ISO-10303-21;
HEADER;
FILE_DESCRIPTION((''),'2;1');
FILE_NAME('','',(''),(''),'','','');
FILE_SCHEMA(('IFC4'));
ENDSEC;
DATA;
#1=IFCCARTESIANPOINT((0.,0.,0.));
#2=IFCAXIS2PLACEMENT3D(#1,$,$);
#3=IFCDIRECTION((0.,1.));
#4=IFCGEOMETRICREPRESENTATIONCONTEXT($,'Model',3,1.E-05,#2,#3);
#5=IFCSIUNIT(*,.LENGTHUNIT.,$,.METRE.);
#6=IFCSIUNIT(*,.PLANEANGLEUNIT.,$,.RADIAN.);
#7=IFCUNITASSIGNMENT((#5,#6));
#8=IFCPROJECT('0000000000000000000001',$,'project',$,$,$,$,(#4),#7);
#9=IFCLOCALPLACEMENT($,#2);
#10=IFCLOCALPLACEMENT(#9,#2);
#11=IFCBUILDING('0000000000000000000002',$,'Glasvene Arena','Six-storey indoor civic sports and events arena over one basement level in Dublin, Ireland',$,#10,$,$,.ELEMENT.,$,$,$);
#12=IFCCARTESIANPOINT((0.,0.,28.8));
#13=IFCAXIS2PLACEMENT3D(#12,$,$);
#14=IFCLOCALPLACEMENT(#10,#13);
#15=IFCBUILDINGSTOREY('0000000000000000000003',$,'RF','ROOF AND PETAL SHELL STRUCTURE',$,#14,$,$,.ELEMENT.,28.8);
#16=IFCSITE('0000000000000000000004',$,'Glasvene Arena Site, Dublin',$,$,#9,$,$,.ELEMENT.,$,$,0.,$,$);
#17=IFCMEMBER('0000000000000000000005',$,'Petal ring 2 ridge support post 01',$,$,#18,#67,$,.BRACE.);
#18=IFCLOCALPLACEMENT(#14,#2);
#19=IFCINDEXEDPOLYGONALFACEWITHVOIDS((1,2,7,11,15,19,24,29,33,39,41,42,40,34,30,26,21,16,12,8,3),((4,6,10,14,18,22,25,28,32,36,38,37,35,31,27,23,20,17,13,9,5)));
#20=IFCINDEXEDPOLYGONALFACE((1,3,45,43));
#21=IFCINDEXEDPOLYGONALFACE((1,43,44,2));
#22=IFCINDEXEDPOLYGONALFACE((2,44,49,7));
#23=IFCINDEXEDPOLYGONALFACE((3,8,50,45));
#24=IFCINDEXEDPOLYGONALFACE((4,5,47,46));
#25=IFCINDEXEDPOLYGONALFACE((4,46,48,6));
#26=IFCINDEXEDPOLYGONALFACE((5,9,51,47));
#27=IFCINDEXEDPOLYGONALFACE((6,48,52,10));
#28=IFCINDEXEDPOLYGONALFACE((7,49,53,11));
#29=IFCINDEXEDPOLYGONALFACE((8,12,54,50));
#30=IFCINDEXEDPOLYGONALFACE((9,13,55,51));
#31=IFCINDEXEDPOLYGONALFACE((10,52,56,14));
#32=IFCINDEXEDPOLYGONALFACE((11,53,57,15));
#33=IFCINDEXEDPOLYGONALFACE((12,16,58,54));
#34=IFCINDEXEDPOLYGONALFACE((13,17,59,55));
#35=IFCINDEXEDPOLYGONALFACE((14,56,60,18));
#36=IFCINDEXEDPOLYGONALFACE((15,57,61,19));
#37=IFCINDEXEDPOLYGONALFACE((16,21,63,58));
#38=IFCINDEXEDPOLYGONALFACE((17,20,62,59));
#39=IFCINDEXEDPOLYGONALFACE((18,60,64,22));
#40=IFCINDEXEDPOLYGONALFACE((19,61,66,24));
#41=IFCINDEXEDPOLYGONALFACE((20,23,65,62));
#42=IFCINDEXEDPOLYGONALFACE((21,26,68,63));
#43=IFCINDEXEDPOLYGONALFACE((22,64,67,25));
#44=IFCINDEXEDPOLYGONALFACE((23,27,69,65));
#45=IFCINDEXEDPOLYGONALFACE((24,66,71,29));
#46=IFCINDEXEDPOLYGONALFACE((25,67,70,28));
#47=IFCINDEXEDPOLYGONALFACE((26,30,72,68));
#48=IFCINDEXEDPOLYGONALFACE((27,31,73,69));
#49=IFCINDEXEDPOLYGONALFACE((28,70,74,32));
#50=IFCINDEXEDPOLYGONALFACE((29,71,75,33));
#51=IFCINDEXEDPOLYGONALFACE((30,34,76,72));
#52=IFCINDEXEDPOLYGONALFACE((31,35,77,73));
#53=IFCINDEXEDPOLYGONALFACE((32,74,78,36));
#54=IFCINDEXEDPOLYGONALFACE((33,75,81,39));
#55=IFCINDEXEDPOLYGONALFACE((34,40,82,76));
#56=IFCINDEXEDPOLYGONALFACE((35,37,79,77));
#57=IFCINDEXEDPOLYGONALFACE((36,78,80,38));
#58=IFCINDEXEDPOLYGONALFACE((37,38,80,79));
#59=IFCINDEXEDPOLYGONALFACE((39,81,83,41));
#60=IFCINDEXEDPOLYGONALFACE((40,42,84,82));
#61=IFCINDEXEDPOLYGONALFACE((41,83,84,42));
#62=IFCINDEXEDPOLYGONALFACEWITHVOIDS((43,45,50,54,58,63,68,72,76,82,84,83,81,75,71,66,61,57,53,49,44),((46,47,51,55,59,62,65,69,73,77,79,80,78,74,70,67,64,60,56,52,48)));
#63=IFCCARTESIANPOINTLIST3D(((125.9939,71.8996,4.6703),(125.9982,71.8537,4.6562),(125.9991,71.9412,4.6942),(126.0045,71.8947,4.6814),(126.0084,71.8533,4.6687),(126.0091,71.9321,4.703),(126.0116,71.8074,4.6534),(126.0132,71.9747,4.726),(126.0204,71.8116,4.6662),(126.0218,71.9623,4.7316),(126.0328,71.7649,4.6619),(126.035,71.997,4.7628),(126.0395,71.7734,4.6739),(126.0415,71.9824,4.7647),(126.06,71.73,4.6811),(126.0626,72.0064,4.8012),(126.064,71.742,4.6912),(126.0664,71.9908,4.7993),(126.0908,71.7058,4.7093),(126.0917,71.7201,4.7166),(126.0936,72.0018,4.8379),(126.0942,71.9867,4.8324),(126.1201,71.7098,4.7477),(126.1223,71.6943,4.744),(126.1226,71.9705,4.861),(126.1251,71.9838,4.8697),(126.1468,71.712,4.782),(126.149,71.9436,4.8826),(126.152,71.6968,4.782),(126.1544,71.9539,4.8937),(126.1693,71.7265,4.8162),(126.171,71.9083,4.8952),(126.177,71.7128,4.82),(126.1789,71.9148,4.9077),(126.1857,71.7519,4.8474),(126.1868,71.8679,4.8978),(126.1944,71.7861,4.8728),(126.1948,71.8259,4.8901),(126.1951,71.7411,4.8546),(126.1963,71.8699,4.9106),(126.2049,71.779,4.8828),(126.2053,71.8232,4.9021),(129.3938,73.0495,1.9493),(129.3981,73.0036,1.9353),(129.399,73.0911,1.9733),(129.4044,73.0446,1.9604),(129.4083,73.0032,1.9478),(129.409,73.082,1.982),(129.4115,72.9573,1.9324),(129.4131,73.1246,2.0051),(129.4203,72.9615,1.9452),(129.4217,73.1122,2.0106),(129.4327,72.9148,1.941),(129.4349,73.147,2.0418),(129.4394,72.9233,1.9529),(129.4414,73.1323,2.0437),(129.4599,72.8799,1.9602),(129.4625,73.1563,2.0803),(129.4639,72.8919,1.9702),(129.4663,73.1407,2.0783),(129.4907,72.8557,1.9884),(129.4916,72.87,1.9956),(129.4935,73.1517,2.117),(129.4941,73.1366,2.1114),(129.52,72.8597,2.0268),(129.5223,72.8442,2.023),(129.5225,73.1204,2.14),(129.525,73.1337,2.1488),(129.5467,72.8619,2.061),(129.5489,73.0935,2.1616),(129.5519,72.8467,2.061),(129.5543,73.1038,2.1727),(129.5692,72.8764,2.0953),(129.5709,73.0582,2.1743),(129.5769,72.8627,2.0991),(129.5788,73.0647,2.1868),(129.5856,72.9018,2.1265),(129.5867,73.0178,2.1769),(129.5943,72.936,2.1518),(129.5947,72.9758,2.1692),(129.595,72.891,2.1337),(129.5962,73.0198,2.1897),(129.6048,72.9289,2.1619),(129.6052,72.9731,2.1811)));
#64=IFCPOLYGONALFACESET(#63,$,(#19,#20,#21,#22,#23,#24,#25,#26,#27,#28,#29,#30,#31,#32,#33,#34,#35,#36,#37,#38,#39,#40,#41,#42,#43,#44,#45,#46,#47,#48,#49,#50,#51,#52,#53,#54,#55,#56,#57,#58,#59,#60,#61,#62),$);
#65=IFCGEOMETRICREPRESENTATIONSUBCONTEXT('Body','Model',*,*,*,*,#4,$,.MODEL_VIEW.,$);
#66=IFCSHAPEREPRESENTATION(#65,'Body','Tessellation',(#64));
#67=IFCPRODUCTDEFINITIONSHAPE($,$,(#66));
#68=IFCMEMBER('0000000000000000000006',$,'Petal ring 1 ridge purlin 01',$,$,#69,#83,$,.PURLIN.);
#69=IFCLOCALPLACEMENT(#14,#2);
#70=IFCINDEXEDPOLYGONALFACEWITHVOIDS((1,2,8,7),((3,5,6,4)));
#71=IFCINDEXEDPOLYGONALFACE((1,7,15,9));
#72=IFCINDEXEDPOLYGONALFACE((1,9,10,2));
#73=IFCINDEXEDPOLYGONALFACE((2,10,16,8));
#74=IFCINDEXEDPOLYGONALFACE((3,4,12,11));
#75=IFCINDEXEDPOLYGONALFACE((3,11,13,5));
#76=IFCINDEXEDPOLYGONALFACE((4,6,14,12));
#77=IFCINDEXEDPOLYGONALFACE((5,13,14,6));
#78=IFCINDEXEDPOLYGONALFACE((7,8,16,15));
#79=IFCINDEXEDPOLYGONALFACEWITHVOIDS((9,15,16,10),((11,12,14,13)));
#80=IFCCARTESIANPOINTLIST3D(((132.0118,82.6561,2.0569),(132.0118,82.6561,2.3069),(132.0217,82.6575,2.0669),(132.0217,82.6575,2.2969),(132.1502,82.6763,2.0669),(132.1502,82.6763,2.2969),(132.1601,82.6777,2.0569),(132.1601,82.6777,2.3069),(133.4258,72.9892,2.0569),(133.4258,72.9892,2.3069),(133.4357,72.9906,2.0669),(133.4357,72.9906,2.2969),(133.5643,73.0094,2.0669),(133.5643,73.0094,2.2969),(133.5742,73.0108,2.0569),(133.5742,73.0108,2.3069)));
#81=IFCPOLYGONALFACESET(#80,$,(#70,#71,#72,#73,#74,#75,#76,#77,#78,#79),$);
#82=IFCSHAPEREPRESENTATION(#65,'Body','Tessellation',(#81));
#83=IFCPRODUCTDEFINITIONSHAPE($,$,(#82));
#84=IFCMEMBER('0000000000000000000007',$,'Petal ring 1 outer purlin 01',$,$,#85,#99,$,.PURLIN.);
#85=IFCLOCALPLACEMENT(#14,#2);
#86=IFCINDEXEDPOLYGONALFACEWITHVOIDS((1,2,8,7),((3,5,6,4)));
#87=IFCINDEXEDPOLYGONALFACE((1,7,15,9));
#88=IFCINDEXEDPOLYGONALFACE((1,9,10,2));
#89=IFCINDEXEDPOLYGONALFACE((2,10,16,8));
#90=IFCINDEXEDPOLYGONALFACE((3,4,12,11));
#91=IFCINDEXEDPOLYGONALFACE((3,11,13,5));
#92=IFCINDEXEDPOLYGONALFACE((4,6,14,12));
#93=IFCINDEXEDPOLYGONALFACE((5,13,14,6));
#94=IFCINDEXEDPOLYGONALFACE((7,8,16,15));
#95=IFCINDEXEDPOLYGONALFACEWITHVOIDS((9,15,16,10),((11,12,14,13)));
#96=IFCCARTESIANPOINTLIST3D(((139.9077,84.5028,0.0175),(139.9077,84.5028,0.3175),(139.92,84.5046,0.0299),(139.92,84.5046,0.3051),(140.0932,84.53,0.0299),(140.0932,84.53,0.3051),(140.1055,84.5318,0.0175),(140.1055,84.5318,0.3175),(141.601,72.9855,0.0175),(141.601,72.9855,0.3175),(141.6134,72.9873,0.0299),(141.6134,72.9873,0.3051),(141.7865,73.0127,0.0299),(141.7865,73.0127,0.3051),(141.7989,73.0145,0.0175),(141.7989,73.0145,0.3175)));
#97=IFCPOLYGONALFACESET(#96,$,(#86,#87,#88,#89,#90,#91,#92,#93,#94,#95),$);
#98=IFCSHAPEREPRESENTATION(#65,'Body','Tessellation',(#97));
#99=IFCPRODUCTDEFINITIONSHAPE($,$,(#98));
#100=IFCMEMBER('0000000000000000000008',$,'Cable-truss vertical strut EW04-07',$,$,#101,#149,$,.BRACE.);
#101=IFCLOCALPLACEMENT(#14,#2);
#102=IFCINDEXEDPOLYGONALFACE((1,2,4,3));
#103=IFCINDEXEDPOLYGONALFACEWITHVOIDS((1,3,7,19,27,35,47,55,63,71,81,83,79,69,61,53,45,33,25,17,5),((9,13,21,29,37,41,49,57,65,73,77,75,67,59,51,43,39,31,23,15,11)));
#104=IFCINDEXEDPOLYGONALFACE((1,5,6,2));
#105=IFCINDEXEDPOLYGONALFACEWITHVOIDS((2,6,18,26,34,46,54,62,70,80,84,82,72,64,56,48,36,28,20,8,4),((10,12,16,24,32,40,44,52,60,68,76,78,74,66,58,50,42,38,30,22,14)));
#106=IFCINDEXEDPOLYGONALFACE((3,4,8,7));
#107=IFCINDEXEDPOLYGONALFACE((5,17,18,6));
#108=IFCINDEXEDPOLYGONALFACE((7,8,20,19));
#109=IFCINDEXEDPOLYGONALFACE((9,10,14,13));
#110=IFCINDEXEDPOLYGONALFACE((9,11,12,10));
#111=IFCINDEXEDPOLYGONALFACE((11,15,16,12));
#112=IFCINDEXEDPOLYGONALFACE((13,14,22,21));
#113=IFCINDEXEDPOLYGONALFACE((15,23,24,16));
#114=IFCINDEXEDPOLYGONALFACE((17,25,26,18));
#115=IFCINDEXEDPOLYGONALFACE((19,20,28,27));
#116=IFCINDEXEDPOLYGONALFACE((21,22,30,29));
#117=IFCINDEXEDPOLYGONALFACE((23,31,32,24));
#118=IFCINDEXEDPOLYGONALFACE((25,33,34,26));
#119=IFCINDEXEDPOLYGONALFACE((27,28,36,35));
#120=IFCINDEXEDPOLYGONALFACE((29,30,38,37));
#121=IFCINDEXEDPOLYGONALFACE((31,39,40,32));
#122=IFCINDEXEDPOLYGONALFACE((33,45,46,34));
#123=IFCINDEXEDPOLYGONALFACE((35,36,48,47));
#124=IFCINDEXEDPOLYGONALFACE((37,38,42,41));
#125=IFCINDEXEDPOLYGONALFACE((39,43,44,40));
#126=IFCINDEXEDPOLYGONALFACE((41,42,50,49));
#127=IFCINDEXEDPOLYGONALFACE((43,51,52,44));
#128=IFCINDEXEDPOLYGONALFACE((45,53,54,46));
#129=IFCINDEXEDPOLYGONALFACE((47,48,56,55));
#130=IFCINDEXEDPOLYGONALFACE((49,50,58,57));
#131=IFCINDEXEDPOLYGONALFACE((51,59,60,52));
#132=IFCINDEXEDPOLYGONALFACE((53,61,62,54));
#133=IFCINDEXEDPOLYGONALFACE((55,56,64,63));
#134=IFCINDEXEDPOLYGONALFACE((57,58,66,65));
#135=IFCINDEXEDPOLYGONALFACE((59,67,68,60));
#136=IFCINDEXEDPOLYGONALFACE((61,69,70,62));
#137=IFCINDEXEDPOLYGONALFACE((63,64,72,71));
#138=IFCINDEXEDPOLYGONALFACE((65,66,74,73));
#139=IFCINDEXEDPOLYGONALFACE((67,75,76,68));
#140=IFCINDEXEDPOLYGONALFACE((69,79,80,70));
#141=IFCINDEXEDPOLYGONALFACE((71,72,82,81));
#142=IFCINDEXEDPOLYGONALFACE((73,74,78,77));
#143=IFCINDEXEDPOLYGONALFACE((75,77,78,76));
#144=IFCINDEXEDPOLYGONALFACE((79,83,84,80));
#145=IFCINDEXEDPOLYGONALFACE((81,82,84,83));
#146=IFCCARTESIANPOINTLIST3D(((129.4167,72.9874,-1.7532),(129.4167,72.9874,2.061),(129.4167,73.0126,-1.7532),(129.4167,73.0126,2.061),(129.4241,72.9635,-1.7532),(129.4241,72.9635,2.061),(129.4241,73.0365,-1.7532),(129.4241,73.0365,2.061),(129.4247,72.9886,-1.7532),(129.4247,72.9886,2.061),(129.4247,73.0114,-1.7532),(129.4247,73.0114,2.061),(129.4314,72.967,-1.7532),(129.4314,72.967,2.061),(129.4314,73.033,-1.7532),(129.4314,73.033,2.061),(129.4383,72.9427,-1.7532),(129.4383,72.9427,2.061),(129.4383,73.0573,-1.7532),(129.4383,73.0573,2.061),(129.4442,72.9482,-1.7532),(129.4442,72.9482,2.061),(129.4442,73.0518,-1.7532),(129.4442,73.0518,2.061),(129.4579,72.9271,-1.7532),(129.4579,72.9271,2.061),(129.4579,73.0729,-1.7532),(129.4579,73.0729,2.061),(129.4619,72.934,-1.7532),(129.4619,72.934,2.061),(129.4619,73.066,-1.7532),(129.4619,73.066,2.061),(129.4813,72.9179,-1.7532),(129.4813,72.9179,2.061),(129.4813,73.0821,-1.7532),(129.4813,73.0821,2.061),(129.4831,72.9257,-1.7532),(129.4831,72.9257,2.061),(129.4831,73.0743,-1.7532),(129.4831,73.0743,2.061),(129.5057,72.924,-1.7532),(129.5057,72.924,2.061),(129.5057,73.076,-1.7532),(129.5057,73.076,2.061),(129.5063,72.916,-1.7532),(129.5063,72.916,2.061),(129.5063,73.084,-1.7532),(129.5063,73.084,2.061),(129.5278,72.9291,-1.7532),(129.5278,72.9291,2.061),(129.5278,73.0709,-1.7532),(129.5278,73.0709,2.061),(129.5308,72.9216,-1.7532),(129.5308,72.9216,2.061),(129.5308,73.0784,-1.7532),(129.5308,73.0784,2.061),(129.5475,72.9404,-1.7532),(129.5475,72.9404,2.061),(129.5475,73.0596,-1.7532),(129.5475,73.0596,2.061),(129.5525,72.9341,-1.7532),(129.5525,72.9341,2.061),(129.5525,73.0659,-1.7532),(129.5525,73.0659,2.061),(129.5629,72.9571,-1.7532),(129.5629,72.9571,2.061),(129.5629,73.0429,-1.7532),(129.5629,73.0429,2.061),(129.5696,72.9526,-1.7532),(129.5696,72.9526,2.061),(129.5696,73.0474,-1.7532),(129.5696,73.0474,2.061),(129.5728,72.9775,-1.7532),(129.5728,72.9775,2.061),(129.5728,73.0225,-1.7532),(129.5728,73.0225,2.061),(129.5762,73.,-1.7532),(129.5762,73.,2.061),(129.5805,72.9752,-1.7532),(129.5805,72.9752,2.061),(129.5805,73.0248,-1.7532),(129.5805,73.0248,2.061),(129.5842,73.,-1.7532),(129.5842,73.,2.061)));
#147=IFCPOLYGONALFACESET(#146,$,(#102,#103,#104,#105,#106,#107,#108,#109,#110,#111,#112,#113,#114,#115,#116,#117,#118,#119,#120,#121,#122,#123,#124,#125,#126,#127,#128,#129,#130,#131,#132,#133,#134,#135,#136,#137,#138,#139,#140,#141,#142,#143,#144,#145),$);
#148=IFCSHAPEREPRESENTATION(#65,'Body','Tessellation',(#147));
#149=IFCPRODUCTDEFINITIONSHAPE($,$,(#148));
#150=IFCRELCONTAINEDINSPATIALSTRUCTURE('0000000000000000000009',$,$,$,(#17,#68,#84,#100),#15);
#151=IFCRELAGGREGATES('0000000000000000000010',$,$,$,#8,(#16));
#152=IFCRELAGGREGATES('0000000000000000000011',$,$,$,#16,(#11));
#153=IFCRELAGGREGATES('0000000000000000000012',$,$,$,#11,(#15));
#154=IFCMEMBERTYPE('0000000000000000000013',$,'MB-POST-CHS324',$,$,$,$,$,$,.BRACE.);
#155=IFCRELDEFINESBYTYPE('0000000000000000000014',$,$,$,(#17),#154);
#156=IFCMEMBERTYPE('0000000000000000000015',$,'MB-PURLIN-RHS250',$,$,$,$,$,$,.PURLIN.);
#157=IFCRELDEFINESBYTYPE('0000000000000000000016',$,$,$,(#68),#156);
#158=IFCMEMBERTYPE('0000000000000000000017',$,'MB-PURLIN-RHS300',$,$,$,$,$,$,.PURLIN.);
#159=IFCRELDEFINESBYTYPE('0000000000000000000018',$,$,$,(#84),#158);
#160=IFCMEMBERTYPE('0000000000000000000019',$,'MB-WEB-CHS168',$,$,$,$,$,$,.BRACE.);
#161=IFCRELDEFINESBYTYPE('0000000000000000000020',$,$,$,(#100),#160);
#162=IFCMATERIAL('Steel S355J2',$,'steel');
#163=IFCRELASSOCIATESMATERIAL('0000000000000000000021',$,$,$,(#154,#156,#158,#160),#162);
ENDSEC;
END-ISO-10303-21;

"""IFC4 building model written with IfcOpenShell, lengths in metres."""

from ifc_helpers import new_model, si_unit, direction, frame, origin, origin_2d, place, context, subcontext, project, spatial, hollow_rectangle, hollow_circle, extrude, material, material_profile, profile_set, type_object, element, save


model = new_model("IFC4")

# Units and contexts
model_context = context("Model", 3, precision=1e-05, world=origin(), true_north=direction((0.0, 1.0)))
body_context = subcontext(model_context, "Body", "Model", "MODEL_VIEW")
ifc_project = project(units=[si_unit("LENGTHUNIT", "METRE"), si_unit("PLANEANGLEUNIT", "RADIAN")], contexts=[model_context])

# Site, building, storey
site_placement = place(None, origin())
site = spatial("IfcSite", under=ifc_project, at=site_placement, Name="Glasvene Arena Site, Dublin", CompositionType="ELEMENT", RefElevation=0.0)
building_placement = place(site_placement, origin())
building = spatial("IfcBuilding", under=site, at=building_placement, Name="Glasvene Arena", Description="Six-storey indoor civic sports and events arena over one basement level in Dublin, Ireland", CompositionType="ELEMENT")
storey_placement = place(building_placement, frame((0.0, 0.0, 28.8)))
storey = spatial("IfcBuildingStorey", under=building, at=storey_placement, Name="RF", Description="ROOF AND PETAL SHELL STRUCTURE", CompositionType="ELEMENT", Elevation=28.8)

# Shared definitions
ifc_material_1 = material(Name="Steel S355J2", Category="steel")

# Members
ifc_material_profile_1 = material_profile(ifc_material_1, hollow_circle(Radius=0.1619, WallThickness=0.0161, at=origin_2d()), Name="CHS 323.9x16.0")
ifc_profile_set_1 = profile_set([ifc_material_profile_1], Name="Steel S355J2")
member_type_1 = type_object("IfcMemberType", Name="MB-POST-CHS324", PredefinedType="BRACE", material=ifc_profile_set_1)
member_1_placement = place(storey_placement, frame((129.5, 73.0, 2.061), z_axis=(-0.754879, -0.255312, 0.604131), x_axis=(0.320388, -0.947286, 0.0)))
element("IfcMember", 1, at=member_1_placement, inside=storey, type_object=member_type_1, Name="Petal ring 2 ridge support post 01", PredefinedType="BRACE", context=body_context, shape_type="SweptSolid", body=[
    extrude(hollow_circle(Radius=0.1619, WallThickness=0.0161, at=origin_2d()), origin(), (0.0, 0.0, 1.0), 4.5039),
])
ifc_material_profile_2 = material_profile(ifc_material_1, hollow_rectangle(XDim=0.1499, YDim=0.25, WallThickness=0.01, at=origin_2d()), Name="RHS 250x150x10.0")
ifc_profile_set_2 = profile_set([ifc_material_profile_2], Name="Steel S355J2")
member_type_2 = type_object("IfcMemberType", Name="MB-PURLIN-RHS250", PredefinedType="PURLIN", material=ifc_profile_set_2)
member_2_placement = place(storey_placement, frame((133.5, 73.0, 2.1819), z_axis=(-0.144737, 0.98947, 0.0), x_axis=(-0.98947, -0.144737, 0.0)))
element("IfcMember", 2, at=member_2_placement, inside=storey, type_object=member_type_2, Name="Petal ring 1 ridge purlin 01", PredefinedType="PURLIN", context=body_context, shape_type="SweptSolid", body=[
    extrude(hollow_rectangle(XDim=0.1499, YDim=0.25, WallThickness=0.01, at=origin_2d()), origin(), (0.0, 0.0, 1.0), 9.7698),
])
ifc_material_profile_3 = material_profile(ifc_material_1, hollow_rectangle(XDim=0.2, YDim=0.3, WallThickness=0.0125, at=origin_2d()), Name="RHS 300x200x12.5")
ifc_profile_set_3 = profile_set([ifc_material_profile_3], Name="Steel S355J2")
member_type_3 = type_object("IfcMemberType", Name="MB-PURLIN-RHS300", PredefinedType="PURLIN", material=ifc_profile_set_3)
member_3_placement = place(storey_placement, frame((141.7, 73.0, 0.1675), z_axis=(-0.145463, 0.989364, 0.0), x_axis=(-0.989364, -0.145463, 0.0)))
element("IfcMember", 3, at=member_3_placement, inside=storey, type_object=member_type_3, Name="Petal ring 1 outer purlin 01", PredefinedType="PURLIN", context=body_context, shape_type="SweptSolid", body=[
    extrude(hollow_rectangle(XDim=0.2, YDim=0.3, WallThickness=0.0125, at=origin_2d()), origin(), (0.0, 0.0, 1.0), 11.6411),
])
ifc_material_profile_4 = material_profile(ifc_material_1, hollow_circle(Radius=0.0842, WallThickness=0.0081, at=origin_2d()), Name="CHS 168.3x8.0")
ifc_profile_set_4 = profile_set([ifc_material_profile_4], Name="Steel S355J2")
member_type_4 = type_object("IfcMemberType", Name="MB-WEB-CHS168", PredefinedType="BRACE", material=ifc_profile_set_4)
for number, where, z_axis, x_axis, name in (
    (4, (129.5, 73.0, -1.7532), (0.0, 0.0, 1.0), (1.0, 0.0, 0.0), "Cable-truss vertical strut EW04-07"),
):
    element("IfcMember", number, at=place(storey_placement, frame(where, z_axis=z_axis, x_axis=x_axis)), inside=storey, type_object=member_type_4, Name=name, PredefinedType="BRACE", context=body_context, shape_type="SweptSolid", body=[
        extrude(hollow_circle(Radius=0.0842, WallThickness=0.0081, at=origin_2d()), origin(), (0.0, 0.0, 1.0), 3.8142),
    ])

save(model, "model.ifc")
